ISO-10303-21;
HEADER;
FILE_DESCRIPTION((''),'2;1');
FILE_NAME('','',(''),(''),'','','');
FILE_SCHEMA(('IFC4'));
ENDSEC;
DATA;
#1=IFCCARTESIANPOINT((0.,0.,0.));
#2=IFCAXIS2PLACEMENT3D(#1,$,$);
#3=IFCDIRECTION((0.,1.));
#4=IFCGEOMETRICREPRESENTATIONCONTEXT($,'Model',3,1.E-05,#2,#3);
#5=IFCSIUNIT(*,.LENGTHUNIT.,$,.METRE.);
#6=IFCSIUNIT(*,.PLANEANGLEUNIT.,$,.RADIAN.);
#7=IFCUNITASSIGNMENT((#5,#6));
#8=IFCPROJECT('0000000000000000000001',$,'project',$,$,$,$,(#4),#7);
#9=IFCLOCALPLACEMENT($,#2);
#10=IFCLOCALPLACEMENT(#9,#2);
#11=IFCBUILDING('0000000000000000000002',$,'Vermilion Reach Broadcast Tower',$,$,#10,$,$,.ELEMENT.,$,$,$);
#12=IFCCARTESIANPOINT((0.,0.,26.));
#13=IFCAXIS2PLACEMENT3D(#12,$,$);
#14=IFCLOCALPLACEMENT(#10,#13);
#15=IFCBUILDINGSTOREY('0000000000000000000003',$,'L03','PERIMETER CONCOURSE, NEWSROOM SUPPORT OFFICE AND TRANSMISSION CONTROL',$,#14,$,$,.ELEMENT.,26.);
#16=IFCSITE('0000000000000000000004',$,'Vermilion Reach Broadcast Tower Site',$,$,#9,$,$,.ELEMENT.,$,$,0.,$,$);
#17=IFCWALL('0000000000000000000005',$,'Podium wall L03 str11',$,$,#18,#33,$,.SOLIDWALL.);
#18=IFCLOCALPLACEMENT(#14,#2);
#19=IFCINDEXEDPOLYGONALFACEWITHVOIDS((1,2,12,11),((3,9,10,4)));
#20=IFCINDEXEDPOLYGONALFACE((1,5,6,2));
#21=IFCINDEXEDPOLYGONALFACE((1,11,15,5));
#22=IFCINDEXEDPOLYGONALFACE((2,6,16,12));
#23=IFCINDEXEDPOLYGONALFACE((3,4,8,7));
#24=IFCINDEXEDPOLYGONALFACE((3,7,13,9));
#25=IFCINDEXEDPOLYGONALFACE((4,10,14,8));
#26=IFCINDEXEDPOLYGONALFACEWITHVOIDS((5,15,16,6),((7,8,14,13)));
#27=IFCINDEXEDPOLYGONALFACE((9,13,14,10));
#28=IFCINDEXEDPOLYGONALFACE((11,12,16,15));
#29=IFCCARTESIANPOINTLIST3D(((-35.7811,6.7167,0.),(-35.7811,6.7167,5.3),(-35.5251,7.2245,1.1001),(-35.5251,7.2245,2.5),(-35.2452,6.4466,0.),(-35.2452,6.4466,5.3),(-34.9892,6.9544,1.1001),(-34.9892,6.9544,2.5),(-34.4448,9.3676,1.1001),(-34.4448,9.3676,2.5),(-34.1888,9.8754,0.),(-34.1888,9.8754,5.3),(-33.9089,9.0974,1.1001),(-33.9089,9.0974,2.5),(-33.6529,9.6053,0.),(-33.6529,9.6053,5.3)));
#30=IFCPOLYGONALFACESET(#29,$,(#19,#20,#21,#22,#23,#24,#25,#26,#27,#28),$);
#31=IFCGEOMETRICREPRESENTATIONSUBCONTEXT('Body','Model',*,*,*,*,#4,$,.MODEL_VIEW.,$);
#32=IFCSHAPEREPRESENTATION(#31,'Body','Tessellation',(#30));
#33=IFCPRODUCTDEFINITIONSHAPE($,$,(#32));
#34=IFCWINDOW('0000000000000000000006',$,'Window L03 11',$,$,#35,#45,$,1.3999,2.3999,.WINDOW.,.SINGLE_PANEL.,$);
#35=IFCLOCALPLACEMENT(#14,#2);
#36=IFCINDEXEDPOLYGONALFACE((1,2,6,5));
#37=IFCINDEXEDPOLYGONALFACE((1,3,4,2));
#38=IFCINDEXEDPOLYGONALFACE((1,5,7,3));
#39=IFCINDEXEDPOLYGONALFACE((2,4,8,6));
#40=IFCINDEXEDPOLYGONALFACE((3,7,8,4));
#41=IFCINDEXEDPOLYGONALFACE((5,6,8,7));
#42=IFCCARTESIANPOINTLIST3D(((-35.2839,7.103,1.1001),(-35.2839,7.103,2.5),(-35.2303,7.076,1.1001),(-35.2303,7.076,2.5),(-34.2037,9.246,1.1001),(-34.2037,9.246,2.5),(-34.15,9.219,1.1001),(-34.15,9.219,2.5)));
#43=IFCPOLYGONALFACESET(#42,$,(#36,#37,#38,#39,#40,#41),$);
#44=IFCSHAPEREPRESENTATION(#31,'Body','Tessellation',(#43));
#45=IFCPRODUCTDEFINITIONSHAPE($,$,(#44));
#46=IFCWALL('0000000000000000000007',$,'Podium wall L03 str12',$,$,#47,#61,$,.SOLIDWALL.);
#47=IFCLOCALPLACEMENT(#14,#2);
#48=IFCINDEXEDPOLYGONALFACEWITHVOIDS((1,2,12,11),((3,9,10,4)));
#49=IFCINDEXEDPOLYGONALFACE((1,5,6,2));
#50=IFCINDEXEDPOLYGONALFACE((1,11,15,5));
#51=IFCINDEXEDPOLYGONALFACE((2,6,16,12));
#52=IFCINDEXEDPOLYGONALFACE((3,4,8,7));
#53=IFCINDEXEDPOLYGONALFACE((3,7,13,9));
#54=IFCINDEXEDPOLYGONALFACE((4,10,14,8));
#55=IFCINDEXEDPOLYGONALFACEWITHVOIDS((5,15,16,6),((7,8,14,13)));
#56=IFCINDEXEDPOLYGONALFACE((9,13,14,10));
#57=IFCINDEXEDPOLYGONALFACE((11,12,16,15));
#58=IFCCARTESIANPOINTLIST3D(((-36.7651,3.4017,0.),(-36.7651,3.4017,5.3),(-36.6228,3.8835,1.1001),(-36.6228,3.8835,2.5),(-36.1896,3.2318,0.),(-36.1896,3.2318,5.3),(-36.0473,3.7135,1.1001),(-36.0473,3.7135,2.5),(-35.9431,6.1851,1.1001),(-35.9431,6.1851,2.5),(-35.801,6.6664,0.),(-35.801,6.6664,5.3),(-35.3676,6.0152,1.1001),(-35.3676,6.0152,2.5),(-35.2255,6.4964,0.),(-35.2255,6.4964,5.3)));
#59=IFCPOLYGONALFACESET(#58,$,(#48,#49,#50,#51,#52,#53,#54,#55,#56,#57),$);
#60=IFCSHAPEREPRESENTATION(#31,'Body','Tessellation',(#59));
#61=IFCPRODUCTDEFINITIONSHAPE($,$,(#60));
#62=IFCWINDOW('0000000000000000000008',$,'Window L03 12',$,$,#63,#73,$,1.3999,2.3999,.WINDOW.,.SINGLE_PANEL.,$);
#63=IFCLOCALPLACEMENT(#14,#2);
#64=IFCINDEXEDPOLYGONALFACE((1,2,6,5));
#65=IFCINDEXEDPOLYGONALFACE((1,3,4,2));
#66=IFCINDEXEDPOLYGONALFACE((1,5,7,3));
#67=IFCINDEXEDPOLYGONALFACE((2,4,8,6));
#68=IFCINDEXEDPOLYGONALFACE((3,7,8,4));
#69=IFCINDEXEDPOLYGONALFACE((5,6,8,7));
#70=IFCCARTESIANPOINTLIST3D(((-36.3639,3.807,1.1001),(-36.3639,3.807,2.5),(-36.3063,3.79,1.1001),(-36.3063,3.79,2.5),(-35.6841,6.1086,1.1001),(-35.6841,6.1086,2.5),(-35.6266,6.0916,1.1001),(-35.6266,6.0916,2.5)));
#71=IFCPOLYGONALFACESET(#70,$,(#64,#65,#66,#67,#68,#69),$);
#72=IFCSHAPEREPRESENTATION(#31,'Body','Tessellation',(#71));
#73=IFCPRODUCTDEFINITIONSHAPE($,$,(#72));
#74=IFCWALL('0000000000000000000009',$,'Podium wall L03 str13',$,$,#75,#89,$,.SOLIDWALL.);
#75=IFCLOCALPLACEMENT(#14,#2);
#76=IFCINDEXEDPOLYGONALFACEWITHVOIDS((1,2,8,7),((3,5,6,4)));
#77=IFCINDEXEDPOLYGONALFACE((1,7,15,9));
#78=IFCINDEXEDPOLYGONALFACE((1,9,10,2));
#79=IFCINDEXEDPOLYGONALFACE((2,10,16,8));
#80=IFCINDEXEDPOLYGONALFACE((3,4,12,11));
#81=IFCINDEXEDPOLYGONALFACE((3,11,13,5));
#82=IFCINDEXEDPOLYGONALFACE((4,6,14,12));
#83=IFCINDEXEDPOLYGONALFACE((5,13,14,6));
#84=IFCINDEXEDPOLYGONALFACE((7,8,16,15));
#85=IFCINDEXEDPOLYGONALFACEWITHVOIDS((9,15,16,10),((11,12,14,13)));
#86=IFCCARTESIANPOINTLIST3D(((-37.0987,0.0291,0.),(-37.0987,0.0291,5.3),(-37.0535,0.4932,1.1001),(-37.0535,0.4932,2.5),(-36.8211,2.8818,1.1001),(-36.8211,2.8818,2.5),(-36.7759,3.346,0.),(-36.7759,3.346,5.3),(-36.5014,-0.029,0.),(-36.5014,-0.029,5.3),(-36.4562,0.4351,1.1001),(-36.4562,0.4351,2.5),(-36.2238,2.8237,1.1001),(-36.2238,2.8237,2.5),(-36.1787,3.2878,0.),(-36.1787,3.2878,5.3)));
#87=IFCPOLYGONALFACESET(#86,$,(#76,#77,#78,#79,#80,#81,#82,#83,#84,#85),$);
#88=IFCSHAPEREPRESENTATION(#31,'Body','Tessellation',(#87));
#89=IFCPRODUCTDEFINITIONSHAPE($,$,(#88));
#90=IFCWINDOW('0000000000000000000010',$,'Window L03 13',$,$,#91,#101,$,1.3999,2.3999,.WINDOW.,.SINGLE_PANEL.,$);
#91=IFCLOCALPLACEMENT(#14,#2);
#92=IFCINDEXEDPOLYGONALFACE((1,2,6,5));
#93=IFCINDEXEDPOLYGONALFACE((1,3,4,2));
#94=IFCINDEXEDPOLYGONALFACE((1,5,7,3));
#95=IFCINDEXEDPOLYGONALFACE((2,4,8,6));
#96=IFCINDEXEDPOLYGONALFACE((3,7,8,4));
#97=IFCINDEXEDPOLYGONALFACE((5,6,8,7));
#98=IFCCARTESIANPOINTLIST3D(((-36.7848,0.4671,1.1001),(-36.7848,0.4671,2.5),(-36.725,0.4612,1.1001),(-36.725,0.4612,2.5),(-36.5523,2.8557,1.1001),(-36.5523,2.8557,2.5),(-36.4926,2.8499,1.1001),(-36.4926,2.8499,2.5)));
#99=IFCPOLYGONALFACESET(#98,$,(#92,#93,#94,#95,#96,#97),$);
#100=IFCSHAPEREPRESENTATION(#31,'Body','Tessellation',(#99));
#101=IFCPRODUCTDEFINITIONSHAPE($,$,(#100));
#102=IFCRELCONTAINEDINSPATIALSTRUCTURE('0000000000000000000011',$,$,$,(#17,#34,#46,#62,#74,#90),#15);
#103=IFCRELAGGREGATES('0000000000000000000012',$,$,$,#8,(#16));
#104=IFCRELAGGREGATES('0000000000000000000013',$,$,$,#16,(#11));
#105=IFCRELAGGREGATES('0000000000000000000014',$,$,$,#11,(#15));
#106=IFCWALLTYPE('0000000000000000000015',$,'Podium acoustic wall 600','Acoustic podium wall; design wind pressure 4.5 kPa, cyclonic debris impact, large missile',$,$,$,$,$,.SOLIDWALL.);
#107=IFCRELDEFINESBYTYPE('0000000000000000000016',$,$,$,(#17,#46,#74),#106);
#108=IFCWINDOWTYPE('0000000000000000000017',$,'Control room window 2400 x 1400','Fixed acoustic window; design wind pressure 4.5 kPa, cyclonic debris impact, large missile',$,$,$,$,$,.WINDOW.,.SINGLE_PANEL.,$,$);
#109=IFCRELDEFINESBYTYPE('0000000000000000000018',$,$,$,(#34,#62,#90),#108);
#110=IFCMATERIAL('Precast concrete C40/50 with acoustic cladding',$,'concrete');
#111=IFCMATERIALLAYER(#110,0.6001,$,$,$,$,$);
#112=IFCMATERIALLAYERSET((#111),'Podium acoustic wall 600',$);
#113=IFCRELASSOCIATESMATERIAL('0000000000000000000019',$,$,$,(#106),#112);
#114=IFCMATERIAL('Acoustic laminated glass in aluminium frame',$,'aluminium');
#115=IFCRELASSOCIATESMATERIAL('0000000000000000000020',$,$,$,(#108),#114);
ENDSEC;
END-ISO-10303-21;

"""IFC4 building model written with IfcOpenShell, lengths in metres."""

from ifc_helpers import new_model, si_unit, direction, frame, frame_2d, origin, place, context, subcontext, project, spatial, rectangle, extrude, material, layer, layer_set, type_object, element, fill, save


model = new_model("IFC4")

# Units and contexts
model_context = context("Model", 3, precision=1e-05, world=origin(), true_north=direction((0.0, 1.0)))
body_context = subcontext(model_context, "Body", "Model", "MODEL_VIEW")
ifc_project = project(units=[si_unit("LENGTHUNIT", "METRE"), si_unit("PLANEANGLEUNIT", "RADIAN")], contexts=[model_context])

# Site, building, storey
site_placement = place(None, origin())
site = spatial("IfcSite", under=ifc_project, at=site_placement, Name="Vermilion Reach Broadcast Tower Site", CompositionType="ELEMENT", RefElevation=0.0)
building_placement = place(site_placement, origin())
building = spatial("IfcBuilding", under=site, at=building_placement, Name="Vermilion Reach Broadcast Tower", CompositionType="ELEMENT")
storey_placement = place(building_placement, frame((0.0, 0.0, 26.0)))
storey = spatial("IfcBuildingStorey", under=building, at=storey_placement, Name="L03", Description="PERIMETER CONCOURSE, NEWSROOM SUPPORT OFFICE AND TRANSMISSION CONTROL", CompositionType="ELEMENT", Elevation=26.0)

# Walls, openings, windows
ifc_material_1 = material(Name="Precast concrete C40/50 with acoustic cladding", Category="concrete")
ifc_layer_1 = layer(ifc_material_1, 0.6001)
ifc_layer_set_1 = layer_set([ifc_layer_1], Name="Podium acoustic wall 600")
wall_type_1 = type_object("IfcWallType", Name="Podium acoustic wall 600", Description="Acoustic podium wall; design wind pressure 4.5 kPa, cyclonic debris impact, large missile", PredefinedType="SOLIDWALL", material=ifc_layer_set_1)
wall_1_placement = place(storey_placement, frame((-33.9209, 9.7402, 0.0), z_axis=(0.0, 0.0, 1.0), x_axis=(-0.450138, -0.892959, 0.0)))
wall_1 = element("IfcWall", 1, at=wall_1_placement, inside=storey, type_object=wall_type_1, Name="Podium wall L03 str11", PredefinedType="SOLIDWALL", context=body_context, shape_type="SweptSolid", body=[
    extrude(rectangle(XDim=3.5374, YDim=0.6001, at=frame_2d((1.7686, 0.0))), origin(), (0.0, 0.0, 1.0), 5.3),
])
opening_1_placement = place(wall_1_placement, frame((0.5686, 0.0, 1.1001)))
opening_1 = element("IfcOpeningElement", 2, at=opening_1_placement, cuts=wall_1, PredefinedType="OPENING", context=body_context, shape_type="SweptSolid", body=[
    extrude(rectangle(XDim=2.3999, YDim=1.3999, at=frame_2d((1.2, 0.7))), frame((0.0, 0.3101, 0.0), z_axis=(0.0, -1.0, 0.0), x_axis=(1.0, 0.0, 0.0)), (0.0, 0.0, 1.0), 0.6201),
])
ifc_material_2 = material(Name="Acoustic laminated glass in aluminium frame", Category="aluminium")
window_type = type_object("IfcWindowType", Name="Control room window 2400 x 1400", Description="Fixed acoustic window; design wind pressure 4.5 kPa, cyclonic debris impact, large missile", PartitioningType="SINGLE_PANEL", PredefinedType="WINDOW", material=ifc_material_2)
window_1_placement = place(opening_1_placement, origin())
window_1 = element("IfcWindow", 3, at=window_1_placement, inside=storey, type_object=window_type, Name="Window L03 11", OverallHeight=1.3999, OverallWidth=2.3999, PartitioningType="SINGLE_PANEL", PredefinedType="WINDOW", context=body_context, shape_type="SweptSolid", body=[
    extrude(rectangle(XDim=2.3999, YDim=1.3999, at=frame_2d((1.2, 0.7))), frame((0.0, 0.03, 0.0), z_axis=(0.0, -1.0, 0.0), x_axis=(1.0, 0.0, 0.0)), (0.0, 0.0, 1.0), 0.0601),
])
fill(opening_1, window_1)
wall_2_placement = place(storey_placement, frame((-35.5132, 6.5815, 0.0), z_axis=(0.0, 0.0, 1.0), x_axis=(-0.283226, -0.959053, 0.0)))
wall_2 = element("IfcWall", 4, at=wall_2_placement, inside=storey, type_object=wall_type_1, Name="Podium wall L03 str12", PredefinedType="SOLIDWALL", context=body_context, shape_type="SweptSolid", body=[
    extrude(rectangle(XDim=3.4041, YDim=0.6001, at=frame_2d((1.7021, 0.0))), origin(), (0.0, 0.0, 1.0), 5.3),
])
opening_2_placement = place(wall_2_placement, frame((0.502, 0.0, 1.1001)))
opening_2 = element("IfcOpeningElement", 5, at=opening_2_placement, cuts=wall_2, PredefinedType="OPENING", context=body_context, shape_type="SweptSolid", body=[
    extrude(rectangle(XDim=2.3999, YDim=1.3999, at=frame_2d((1.2, 0.7))), frame((0.0, 0.3101, 0.0), z_axis=(0.0, -1.0, 0.0), x_axis=(1.0, 0.0, 0.0)), (0.0, 0.0, 1.0), 0.6201),
])
window_2_placement = place(opening_2_placement, origin())
window_2 = element("IfcWindow", 6, at=window_2_placement, inside=storey, type_object=window_type, Name="Window L03 12", OverallHeight=1.3999, OverallWidth=2.3999, PartitioningType="SINGLE_PANEL", PredefinedType="WINDOW", context=body_context, shape_type="SweptSolid", body=[
    extrude(rectangle(XDim=2.3999, YDim=1.3999, at=frame_2d((1.2, 0.7))), frame((0.0, 0.03, 0.0), z_axis=(0.0, -1.0, 0.0), x_axis=(1.0, 0.0, 0.0)), (0.0, 0.0, 1.0), 0.0601),
])
fill(opening_2, window_2)
wall_3_placement = place(storey_placement, frame((-36.4773, 3.3169, 0.0), z_axis=(0.0, 0.0, 1.0), x_axis=(-0.096849, -0.995299, 0.0)))
wall_3 = element("IfcWall", 7, at=wall_3_placement, inside=storey, type_object=wall_type_1, Name="Podium wall L03 str13", PredefinedType="SOLIDWALL", context=body_context, shape_type="SweptSolid", body=[
    extrude(rectangle(XDim=3.3325, YDim=0.6001, at=frame_2d((1.6663, 0.0))), origin(), (0.0, 0.0, 1.0), 5.3),
])
opening_3_placement = place(wall_3_placement, frame((0.4663, 0.0, 1.1001)))
opening_3 = element("IfcOpeningElement", 8, at=opening_3_placement, cuts=wall_3, PredefinedType="OPENING", context=body_context, shape_type="SweptSolid", body=[
    extrude(rectangle(XDim=2.3999, YDim=1.3999, at=frame_2d((1.2, 0.7))), frame((0.0, 0.3101, 0.0), z_axis=(0.0, -1.0, 0.0), x_axis=(1.0, 0.0, 0.0)), (0.0, 0.0, 1.0), 0.6201),
])
window_3_placement = place(opening_3_placement, origin())
window_3 = element("IfcWindow", 9, at=window_3_placement, inside=storey, type_object=window_type, Name="Window L03 13", OverallHeight=1.3999, OverallWidth=2.3999, PartitioningType="SINGLE_PANEL", PredefinedType="WINDOW", context=body_context, shape_type="SweptSolid", body=[
    extrude(rectangle(XDim=2.3999, YDim=1.3999, at=frame_2d((1.2, 0.7))), frame((0.0, 0.03, 0.0), z_axis=(0.0, -1.0, 0.0), x_axis=(1.0, 0.0, 0.0)), (0.0, 0.0, 1.0), 0.0601),
])
fill(opening_3, window_3)

save(model, "model.ifc")
